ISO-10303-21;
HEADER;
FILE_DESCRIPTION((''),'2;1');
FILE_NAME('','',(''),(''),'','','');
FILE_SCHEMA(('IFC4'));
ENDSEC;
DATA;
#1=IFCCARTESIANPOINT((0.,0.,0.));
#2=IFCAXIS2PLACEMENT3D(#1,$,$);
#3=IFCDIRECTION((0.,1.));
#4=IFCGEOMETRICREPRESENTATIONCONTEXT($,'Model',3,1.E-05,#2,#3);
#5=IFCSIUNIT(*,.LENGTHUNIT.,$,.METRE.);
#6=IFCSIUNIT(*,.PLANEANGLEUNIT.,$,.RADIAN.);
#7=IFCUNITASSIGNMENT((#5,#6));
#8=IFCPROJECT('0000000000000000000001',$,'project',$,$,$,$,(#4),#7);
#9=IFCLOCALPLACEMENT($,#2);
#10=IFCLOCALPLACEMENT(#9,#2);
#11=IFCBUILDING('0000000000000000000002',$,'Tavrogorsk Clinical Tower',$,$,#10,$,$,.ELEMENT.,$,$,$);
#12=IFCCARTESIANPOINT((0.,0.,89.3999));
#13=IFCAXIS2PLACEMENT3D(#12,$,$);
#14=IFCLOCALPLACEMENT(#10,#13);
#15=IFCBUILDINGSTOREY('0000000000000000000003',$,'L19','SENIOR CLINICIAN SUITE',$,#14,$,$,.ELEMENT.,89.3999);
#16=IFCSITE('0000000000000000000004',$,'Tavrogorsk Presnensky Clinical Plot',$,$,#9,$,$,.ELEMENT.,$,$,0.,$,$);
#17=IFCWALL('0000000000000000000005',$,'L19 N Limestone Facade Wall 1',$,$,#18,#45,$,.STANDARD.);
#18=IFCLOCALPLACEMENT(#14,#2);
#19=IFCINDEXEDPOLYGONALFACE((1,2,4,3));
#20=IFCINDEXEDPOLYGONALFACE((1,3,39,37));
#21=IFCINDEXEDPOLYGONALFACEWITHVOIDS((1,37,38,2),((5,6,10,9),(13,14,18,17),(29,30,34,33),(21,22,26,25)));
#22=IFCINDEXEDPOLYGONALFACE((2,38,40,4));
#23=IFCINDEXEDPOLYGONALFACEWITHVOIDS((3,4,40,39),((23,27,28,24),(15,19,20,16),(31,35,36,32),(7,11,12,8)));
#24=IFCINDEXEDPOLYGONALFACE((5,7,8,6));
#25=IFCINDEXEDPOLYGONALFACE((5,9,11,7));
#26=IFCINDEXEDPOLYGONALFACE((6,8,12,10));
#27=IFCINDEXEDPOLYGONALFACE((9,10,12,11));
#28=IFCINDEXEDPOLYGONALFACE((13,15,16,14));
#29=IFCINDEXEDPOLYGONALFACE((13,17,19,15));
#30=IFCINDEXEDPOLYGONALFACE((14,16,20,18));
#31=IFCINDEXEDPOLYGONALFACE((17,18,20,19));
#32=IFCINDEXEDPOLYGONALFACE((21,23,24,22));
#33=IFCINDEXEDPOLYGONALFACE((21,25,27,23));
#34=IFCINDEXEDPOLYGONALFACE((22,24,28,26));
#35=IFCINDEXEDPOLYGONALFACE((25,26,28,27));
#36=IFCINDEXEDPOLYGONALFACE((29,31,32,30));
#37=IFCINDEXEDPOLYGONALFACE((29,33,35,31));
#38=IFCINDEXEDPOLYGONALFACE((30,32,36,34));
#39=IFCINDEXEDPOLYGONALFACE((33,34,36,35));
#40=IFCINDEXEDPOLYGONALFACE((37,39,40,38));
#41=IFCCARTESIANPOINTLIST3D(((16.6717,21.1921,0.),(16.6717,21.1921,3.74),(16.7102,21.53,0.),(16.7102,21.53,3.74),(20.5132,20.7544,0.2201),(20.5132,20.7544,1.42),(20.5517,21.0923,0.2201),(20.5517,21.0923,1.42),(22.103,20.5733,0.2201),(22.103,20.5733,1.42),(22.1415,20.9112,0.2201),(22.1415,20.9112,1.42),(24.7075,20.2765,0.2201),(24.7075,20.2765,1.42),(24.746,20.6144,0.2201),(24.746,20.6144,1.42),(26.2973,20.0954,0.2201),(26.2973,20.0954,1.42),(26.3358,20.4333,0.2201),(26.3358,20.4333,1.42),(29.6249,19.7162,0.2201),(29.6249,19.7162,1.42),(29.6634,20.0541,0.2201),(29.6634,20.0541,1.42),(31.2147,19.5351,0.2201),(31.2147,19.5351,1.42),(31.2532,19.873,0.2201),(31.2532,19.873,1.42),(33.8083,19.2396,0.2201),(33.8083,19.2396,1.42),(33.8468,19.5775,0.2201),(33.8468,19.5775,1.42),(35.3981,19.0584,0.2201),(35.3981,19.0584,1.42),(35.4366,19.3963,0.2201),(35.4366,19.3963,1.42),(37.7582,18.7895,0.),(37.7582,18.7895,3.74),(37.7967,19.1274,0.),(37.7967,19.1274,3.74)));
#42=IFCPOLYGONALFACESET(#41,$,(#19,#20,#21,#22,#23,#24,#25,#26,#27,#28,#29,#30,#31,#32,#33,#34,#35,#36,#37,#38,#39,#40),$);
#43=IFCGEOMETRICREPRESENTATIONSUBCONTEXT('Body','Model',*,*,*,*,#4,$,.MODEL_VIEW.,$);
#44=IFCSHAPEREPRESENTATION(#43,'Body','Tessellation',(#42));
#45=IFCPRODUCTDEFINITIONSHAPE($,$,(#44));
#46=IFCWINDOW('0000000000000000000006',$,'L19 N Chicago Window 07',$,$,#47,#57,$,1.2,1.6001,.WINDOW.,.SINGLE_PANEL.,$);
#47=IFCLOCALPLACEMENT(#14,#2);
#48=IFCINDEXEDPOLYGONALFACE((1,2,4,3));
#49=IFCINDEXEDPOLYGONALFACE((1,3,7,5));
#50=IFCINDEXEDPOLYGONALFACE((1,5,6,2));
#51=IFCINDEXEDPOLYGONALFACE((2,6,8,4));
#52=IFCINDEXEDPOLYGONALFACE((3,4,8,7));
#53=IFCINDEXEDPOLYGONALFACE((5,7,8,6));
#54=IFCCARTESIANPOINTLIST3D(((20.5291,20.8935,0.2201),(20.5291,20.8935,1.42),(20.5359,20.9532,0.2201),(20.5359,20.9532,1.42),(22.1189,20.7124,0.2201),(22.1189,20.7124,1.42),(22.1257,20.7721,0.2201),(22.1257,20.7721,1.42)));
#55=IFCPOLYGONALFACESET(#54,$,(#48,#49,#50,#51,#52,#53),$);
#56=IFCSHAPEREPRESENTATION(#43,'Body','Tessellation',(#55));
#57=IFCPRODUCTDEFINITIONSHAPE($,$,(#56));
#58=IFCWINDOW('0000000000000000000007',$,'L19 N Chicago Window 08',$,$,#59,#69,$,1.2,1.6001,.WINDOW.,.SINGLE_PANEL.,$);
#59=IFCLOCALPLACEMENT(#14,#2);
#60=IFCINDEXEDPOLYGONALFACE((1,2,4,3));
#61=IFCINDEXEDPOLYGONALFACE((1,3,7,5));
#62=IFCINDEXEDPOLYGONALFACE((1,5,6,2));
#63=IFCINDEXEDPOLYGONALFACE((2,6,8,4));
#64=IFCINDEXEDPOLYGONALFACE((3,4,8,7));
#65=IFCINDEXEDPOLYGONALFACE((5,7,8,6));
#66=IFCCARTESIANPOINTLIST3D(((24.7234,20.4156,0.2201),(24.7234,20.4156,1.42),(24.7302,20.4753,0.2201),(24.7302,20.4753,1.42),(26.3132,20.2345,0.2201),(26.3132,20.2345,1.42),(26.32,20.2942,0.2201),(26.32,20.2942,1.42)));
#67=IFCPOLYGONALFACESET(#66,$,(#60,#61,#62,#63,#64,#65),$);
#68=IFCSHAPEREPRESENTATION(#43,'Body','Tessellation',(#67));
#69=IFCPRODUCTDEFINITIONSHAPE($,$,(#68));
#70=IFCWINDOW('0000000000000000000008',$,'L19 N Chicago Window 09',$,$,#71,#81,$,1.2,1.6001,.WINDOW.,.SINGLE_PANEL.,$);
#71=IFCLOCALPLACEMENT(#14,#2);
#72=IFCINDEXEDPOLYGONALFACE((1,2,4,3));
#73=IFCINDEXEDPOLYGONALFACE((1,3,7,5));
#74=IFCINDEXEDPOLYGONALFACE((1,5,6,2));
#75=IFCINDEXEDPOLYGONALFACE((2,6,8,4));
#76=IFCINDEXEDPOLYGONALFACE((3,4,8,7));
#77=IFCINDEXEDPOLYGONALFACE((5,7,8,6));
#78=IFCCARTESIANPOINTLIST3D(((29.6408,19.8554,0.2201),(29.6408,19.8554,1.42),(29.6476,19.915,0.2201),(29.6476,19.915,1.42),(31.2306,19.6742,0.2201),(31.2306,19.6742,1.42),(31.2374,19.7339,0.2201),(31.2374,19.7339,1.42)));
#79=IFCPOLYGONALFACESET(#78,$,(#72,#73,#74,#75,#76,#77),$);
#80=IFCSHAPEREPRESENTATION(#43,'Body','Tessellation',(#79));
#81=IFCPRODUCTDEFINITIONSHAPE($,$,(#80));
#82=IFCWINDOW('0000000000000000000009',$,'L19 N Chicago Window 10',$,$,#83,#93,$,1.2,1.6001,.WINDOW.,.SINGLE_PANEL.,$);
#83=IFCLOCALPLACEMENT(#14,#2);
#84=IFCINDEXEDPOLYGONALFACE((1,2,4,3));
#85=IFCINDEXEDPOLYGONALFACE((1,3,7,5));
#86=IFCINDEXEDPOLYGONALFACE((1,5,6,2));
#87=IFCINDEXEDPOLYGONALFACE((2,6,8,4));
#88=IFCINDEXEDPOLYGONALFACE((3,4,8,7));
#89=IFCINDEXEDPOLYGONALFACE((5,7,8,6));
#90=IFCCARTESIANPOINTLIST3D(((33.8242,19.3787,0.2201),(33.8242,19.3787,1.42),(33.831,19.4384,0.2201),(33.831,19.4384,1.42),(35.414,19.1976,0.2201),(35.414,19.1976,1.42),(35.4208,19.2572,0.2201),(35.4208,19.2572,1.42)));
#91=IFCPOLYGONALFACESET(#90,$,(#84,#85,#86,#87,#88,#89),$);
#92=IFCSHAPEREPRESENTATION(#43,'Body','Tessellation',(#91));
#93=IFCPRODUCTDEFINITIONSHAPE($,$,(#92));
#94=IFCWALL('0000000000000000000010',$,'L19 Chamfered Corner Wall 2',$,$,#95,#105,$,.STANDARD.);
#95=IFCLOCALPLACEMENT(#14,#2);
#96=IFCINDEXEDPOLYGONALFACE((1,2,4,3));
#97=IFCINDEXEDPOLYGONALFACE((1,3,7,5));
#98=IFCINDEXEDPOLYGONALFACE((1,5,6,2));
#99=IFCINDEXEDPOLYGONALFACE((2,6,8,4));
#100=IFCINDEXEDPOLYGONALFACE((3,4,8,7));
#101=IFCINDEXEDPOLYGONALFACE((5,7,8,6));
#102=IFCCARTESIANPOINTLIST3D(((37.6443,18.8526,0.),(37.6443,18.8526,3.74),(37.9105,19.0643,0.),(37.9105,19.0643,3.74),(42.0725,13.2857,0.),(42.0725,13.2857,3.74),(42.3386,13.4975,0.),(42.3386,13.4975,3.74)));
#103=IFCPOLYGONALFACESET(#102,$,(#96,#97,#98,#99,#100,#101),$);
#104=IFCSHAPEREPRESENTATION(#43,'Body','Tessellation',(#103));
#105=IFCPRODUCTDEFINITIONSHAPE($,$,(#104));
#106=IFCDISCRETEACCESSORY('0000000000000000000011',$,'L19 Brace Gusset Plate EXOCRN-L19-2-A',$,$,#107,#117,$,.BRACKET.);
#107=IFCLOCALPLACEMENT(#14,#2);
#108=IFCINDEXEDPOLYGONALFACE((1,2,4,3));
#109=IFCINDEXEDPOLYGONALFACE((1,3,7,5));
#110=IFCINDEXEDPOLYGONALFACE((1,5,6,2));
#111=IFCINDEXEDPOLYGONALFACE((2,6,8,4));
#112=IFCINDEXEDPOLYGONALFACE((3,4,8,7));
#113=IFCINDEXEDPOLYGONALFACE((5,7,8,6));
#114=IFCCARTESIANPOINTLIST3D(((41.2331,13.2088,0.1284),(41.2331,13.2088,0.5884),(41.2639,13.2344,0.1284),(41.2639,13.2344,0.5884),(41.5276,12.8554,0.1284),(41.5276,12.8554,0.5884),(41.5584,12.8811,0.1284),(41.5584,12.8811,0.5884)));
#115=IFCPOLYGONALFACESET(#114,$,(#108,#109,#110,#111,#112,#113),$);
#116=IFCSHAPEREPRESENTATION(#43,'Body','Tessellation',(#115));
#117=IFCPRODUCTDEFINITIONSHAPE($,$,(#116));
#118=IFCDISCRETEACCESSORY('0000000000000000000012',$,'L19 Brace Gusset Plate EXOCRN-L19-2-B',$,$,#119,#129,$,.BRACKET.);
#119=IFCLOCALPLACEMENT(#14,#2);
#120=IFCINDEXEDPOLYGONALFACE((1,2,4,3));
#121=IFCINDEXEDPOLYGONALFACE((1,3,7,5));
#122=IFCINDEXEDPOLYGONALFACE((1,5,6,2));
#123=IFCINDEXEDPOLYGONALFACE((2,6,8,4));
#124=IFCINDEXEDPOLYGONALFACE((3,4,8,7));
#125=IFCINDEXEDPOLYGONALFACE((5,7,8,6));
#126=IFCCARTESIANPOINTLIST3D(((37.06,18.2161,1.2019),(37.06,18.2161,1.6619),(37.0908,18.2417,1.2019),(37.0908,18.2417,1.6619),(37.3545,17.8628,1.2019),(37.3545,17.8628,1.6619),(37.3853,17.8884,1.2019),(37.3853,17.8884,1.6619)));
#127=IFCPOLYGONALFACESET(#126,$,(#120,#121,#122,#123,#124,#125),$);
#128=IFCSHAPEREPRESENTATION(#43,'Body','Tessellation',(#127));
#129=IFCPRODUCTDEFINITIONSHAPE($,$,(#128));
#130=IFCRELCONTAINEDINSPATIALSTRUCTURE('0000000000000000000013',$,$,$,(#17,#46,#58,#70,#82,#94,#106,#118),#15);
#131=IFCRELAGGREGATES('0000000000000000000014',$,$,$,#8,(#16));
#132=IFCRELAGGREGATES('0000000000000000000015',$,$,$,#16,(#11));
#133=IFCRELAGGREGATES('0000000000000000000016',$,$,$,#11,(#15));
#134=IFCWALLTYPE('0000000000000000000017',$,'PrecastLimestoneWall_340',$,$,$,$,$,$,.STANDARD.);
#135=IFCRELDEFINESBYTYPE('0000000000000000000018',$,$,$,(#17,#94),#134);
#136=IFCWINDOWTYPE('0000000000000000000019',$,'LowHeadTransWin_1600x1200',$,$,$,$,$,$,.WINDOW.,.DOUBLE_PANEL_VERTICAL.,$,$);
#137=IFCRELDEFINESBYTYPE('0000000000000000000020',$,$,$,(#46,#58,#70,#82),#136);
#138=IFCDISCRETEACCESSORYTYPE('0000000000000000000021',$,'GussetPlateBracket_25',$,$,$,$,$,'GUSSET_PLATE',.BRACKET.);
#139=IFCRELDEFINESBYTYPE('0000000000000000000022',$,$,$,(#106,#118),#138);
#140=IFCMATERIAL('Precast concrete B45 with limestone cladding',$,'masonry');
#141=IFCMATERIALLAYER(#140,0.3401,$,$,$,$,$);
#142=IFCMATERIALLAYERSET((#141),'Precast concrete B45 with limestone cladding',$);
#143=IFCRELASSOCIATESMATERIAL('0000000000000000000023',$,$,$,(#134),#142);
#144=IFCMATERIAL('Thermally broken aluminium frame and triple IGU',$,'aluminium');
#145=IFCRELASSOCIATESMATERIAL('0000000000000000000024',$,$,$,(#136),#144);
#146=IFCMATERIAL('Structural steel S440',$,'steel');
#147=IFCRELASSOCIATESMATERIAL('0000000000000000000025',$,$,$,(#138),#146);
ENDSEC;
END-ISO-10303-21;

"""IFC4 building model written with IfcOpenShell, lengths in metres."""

from ifc_helpers import new_model, si_unit, direction, frame, frame_2d, origin, origin_2d, place, context, subcontext, project, spatial, rectangle, extrude, material, layer, layer_set, type_object, element, fill, save


model = new_model("IFC4")

# Units and contexts
model_context = context("Model", 3, precision=1e-05, world=origin(), true_north=direction((0.0, 1.0)))
body_context = subcontext(model_context, "Body", "Model", "MODEL_VIEW")
ifc_project = project(units=[si_unit("LENGTHUNIT", "METRE"), si_unit("PLANEANGLEUNIT", "RADIAN")], contexts=[model_context])

# Site, building, storey
site_placement = place(None, origin())
site = spatial("IfcSite", under=ifc_project, at=site_placement, Name="Tavrogorsk Presnensky Clinical Plot", CompositionType="ELEMENT", RefElevation=0.0)
building_placement = place(site_placement, origin())
building = spatial("IfcBuilding", under=site, at=building_placement, Name="Tavrogorsk Clinical Tower", CompositionType="ELEMENT")
storey_placement = place(building_placement, frame((0.0, 0.0, 89.3999)))
storey = spatial("IfcBuildingStorey", under=building, at=storey_placement, Name="L19", Description="SENIOR CLINICIAN SUITE", CompositionType="ELEMENT", Elevation=89.3999)

# Wall, openings, windows
ifc_material_1 = material(Name="Precast concrete B45 with limestone cladding", Category="masonry")
ifc_layer_1 = layer(ifc_material_1, 0.3401)
ifc_layer_set_1 = layer_set([ifc_layer_1], Name="Precast concrete B45 with limestone cladding")
wall_type_1 = type_object("IfcWallType", Name="PrecastLimestoneWall_340", PredefinedType="STANDARD", material=ifc_layer_set_1)
wall_1_placement = place(storey_placement, frame((37.7773, 18.9585, 0.0), z_axis=(0.0, 0.0, 1.0), x_axis=(-0.993571, 0.113208, 0.0)))
wall_1 = element("IfcWall", 1, at=wall_1_placement, inside=storey, type_object=wall_type_1, Name="L19 N Limestone Facade Wall 1", PredefinedType="STANDARD", context=body_context, shape_type="SweptSolid", body=[
    extrude(rectangle(XDim=21.2229, YDim=0.3401, at=frame_2d((10.6113, 0.0))), origin(), (0.0, 0.0, 1.0), 3.74),
])
opening_1_placement = place(wall_1_placement, frame((15.7563, 0.0, 0.22)))
opening_1 = element("IfcOpeningElement", 2, at=opening_1_placement, cuts=wall_1, PredefinedType="OPENING", context=body_context, shape_type="SweptSolid", body=[
    extrude(rectangle(XDim=1.6001, YDim=1.2, at=frame_2d((0.8, 0.6001))), frame((0.0, 0.1799, 0.0), z_axis=(0.0, -1.0, 0.0), x_axis=(1.0, 0.0, 0.0)), (0.0, 0.0, 1.0), 0.3601),
])
opening_2_placement = place(wall_1_placement, frame((11.5349, 0.0, 0.22)))
opening_2 = element("IfcOpeningElement", 3, at=opening_2_placement, cuts=wall_1, PredefinedType="OPENING", context=body_context, shape_type="SweptSolid", body=[
    extrude(rectangle(XDim=1.6001, YDim=1.2, at=frame_2d((0.8, 0.6001))), frame((0.0, 0.1799, 0.0), z_axis=(0.0, -1.0, 0.0), x_axis=(1.0, 0.0, 0.0)), (0.0, 0.0, 1.0), 0.3601),
])
opening_3_placement = place(wall_1_placement, frame((6.5857, 0.0, 0.22)))
opening_3 = element("IfcOpeningElement", 4, at=opening_3_placement, cuts=wall_1, PredefinedType="OPENING", context=body_context, shape_type="SweptSolid", body=[
    extrude(rectangle(XDim=1.6001, YDim=1.2, at=frame_2d((0.8, 0.6001))), frame((0.0, 0.1799, 0.0), z_axis=(0.0, -1.0, 0.0), x_axis=(1.0, 0.0, 0.0)), (0.0, 0.0, 1.0), 0.3601),
])
opening_4_placement = place(wall_1_placement, frame((2.3752, 0.0, 0.22)))
opening_4 = element("IfcOpeningElement", 5, at=opening_4_placement, cuts=wall_1, PredefinedType="OPENING", context=body_context, shape_type="SweptSolid", body=[
    extrude(rectangle(XDim=1.6001, YDim=1.2, at=frame_2d((0.8, 0.6001))), frame((0.0, 0.1799, 0.0), z_axis=(0.0, -1.0, 0.0), x_axis=(1.0, 0.0, 0.0)), (0.0, 0.0, 1.0), 0.3601),
])
ifc_material_2 = material(Name="Thermally broken aluminium frame and triple IGU", Category="aluminium")
window_type = type_object("IfcWindowType", Name="LowHeadTransWin_1600x1200", PartitioningType="DOUBLE_PANEL_VERTICAL", PredefinedType="WINDOW", material=ifc_material_2)
window_1_placement = place(opening_1_placement, origin())
window_1 = element("IfcWindow", 6, at=window_1_placement, inside=storey, type_object=window_type, Name="L19 N Chicago Window 07", OverallHeight=1.2, OverallWidth=1.6001, PartitioningType="SINGLE_PANEL", PredefinedType="WINDOW", context=body_context, shape_type="SweptSolid", body=[
    extrude(rectangle(XDim=1.6001, YDim=1.2, at=frame_2d((0.8, 0.6001))), frame((0.0, 0.03, 0.0), z_axis=(0.0, -1.0, 0.0), x_axis=(1.0, 0.0, 0.0)), (0.0, 0.0, 1.0), 0.0601),
])
fill(opening_1, window_1)
window_2_placement = place(opening_2_placement, origin())
window_2 = element("IfcWindow", 7, at=window_2_placement, inside=storey, type_object=window_type, Name="L19 N Chicago Window 08", OverallHeight=1.2, OverallWidth=1.6001, PartitioningType="SINGLE_PANEL", PredefinedType="WINDOW", context=body_context, shape_type="SweptSolid", body=[
    extrude(rectangle(XDim=1.6001, YDim=1.2, at=frame_2d((0.8, 0.6001))), frame((0.0, 0.03, 0.0), z_axis=(0.0, -1.0, 0.0), x_axis=(1.0, 0.0, 0.0)), (0.0, 0.0, 1.0), 0.0601),
])
fill(opening_2, window_2)
window_3_placement = place(opening_3_placement, origin())
window_3 = element("IfcWindow", 8, at=window_3_placement, inside=storey, type_object=window_type, Name="L19 N Chicago Window 09", OverallHeight=1.2, OverallWidth=1.6001, PartitioningType="SINGLE_PANEL", PredefinedType="WINDOW", context=body_context, shape_type="SweptSolid", body=[
    extrude(rectangle(XDim=1.6001, YDim=1.2, at=frame_2d((0.8, 0.6001))), frame((0.0, 0.03, 0.0), z_axis=(0.0, -1.0, 0.0), x_axis=(1.0, 0.0, 0.0)), (0.0, 0.0, 1.0), 0.0601),
])
fill(opening_3, window_3)
window_4_placement = place(opening_4_placement, origin())
window_4 = element("IfcWindow", 9, at=window_4_placement, inside=storey, type_object=window_type, Name="L19 N Chicago Window 10", OverallHeight=1.2, OverallWidth=1.6001, PartitioningType="SINGLE_PANEL", PredefinedType="WINDOW", context=body_context, shape_type="SweptSolid", body=[
    extrude(rectangle(XDim=1.6001, YDim=1.2, at=frame_2d((0.8, 0.6001))), frame((0.0, 0.03, 0.0), z_axis=(0.0, -1.0, 0.0), x_axis=(1.0, 0.0, 0.0)), (0.0, 0.0, 1.0), 0.0601),
])
fill(opening_4, window_4)

# Wall
wall_2_placement = place(storey_placement, frame((42.2056, 13.3916, 0.0), z_axis=(0.0, 0.0, 1.0), x_axis=(-0.622525, 0.7826, 0.0)))
element("IfcWall", 10, at=wall_2_placement, inside=storey, type_object=wall_type_1, Name="L19 Chamfered Corner Wall 2", PredefinedType="STANDARD", context=body_context, shape_type="SweptSolid", body=[
    extrude(rectangle(XDim=7.1133, YDim=0.3401, at=frame_2d((3.5566, 0.0))), origin(), (0.0, 0.0, 1.0), 3.74),
])

# Discrete accessories
ifc_material_3 = material(Name="Structural steel S440", Category="steel")
discrete_accessory_type = type_object("IfcDiscreteAccessoryType", Name="GussetPlateBracket_25", ElementType="GUSSET_PLATE", PredefinedType="BRACKET", material=ifc_material_3)
for number, where, z_axis, x_axis, name in (
    (11, (41.3958, 13.0449, 0.1284), (0.0, 0.0, 1.0), (-0.640244, 0.768172, 0.0), "L19 Brace Gusset Plate EXOCRN-L19-2-A"),
    (12, (37.2227, 18.0522, 1.2019), (0.0, 0.0, 1.0), (-0.640244, 0.768172, 0.0), "L19 Brace Gusset Plate EXOCRN-L19-2-B"),
):
    element("IfcDiscreteAccessory", number, at=place(storey_placement, frame(where, z_axis=z_axis, x_axis=x_axis)), inside=storey, type_object=discrete_accessory_type, Name=name, PredefinedType="BRACKET", context=body_context, shape_type="SweptSolid", body=[
        extrude(rectangle(XDim=0.46, YDim=0.04, at=origin_2d()), origin(), (0.0, 0.0, 1.0), 0.46),
    ])

save(model, "model.ifc")
